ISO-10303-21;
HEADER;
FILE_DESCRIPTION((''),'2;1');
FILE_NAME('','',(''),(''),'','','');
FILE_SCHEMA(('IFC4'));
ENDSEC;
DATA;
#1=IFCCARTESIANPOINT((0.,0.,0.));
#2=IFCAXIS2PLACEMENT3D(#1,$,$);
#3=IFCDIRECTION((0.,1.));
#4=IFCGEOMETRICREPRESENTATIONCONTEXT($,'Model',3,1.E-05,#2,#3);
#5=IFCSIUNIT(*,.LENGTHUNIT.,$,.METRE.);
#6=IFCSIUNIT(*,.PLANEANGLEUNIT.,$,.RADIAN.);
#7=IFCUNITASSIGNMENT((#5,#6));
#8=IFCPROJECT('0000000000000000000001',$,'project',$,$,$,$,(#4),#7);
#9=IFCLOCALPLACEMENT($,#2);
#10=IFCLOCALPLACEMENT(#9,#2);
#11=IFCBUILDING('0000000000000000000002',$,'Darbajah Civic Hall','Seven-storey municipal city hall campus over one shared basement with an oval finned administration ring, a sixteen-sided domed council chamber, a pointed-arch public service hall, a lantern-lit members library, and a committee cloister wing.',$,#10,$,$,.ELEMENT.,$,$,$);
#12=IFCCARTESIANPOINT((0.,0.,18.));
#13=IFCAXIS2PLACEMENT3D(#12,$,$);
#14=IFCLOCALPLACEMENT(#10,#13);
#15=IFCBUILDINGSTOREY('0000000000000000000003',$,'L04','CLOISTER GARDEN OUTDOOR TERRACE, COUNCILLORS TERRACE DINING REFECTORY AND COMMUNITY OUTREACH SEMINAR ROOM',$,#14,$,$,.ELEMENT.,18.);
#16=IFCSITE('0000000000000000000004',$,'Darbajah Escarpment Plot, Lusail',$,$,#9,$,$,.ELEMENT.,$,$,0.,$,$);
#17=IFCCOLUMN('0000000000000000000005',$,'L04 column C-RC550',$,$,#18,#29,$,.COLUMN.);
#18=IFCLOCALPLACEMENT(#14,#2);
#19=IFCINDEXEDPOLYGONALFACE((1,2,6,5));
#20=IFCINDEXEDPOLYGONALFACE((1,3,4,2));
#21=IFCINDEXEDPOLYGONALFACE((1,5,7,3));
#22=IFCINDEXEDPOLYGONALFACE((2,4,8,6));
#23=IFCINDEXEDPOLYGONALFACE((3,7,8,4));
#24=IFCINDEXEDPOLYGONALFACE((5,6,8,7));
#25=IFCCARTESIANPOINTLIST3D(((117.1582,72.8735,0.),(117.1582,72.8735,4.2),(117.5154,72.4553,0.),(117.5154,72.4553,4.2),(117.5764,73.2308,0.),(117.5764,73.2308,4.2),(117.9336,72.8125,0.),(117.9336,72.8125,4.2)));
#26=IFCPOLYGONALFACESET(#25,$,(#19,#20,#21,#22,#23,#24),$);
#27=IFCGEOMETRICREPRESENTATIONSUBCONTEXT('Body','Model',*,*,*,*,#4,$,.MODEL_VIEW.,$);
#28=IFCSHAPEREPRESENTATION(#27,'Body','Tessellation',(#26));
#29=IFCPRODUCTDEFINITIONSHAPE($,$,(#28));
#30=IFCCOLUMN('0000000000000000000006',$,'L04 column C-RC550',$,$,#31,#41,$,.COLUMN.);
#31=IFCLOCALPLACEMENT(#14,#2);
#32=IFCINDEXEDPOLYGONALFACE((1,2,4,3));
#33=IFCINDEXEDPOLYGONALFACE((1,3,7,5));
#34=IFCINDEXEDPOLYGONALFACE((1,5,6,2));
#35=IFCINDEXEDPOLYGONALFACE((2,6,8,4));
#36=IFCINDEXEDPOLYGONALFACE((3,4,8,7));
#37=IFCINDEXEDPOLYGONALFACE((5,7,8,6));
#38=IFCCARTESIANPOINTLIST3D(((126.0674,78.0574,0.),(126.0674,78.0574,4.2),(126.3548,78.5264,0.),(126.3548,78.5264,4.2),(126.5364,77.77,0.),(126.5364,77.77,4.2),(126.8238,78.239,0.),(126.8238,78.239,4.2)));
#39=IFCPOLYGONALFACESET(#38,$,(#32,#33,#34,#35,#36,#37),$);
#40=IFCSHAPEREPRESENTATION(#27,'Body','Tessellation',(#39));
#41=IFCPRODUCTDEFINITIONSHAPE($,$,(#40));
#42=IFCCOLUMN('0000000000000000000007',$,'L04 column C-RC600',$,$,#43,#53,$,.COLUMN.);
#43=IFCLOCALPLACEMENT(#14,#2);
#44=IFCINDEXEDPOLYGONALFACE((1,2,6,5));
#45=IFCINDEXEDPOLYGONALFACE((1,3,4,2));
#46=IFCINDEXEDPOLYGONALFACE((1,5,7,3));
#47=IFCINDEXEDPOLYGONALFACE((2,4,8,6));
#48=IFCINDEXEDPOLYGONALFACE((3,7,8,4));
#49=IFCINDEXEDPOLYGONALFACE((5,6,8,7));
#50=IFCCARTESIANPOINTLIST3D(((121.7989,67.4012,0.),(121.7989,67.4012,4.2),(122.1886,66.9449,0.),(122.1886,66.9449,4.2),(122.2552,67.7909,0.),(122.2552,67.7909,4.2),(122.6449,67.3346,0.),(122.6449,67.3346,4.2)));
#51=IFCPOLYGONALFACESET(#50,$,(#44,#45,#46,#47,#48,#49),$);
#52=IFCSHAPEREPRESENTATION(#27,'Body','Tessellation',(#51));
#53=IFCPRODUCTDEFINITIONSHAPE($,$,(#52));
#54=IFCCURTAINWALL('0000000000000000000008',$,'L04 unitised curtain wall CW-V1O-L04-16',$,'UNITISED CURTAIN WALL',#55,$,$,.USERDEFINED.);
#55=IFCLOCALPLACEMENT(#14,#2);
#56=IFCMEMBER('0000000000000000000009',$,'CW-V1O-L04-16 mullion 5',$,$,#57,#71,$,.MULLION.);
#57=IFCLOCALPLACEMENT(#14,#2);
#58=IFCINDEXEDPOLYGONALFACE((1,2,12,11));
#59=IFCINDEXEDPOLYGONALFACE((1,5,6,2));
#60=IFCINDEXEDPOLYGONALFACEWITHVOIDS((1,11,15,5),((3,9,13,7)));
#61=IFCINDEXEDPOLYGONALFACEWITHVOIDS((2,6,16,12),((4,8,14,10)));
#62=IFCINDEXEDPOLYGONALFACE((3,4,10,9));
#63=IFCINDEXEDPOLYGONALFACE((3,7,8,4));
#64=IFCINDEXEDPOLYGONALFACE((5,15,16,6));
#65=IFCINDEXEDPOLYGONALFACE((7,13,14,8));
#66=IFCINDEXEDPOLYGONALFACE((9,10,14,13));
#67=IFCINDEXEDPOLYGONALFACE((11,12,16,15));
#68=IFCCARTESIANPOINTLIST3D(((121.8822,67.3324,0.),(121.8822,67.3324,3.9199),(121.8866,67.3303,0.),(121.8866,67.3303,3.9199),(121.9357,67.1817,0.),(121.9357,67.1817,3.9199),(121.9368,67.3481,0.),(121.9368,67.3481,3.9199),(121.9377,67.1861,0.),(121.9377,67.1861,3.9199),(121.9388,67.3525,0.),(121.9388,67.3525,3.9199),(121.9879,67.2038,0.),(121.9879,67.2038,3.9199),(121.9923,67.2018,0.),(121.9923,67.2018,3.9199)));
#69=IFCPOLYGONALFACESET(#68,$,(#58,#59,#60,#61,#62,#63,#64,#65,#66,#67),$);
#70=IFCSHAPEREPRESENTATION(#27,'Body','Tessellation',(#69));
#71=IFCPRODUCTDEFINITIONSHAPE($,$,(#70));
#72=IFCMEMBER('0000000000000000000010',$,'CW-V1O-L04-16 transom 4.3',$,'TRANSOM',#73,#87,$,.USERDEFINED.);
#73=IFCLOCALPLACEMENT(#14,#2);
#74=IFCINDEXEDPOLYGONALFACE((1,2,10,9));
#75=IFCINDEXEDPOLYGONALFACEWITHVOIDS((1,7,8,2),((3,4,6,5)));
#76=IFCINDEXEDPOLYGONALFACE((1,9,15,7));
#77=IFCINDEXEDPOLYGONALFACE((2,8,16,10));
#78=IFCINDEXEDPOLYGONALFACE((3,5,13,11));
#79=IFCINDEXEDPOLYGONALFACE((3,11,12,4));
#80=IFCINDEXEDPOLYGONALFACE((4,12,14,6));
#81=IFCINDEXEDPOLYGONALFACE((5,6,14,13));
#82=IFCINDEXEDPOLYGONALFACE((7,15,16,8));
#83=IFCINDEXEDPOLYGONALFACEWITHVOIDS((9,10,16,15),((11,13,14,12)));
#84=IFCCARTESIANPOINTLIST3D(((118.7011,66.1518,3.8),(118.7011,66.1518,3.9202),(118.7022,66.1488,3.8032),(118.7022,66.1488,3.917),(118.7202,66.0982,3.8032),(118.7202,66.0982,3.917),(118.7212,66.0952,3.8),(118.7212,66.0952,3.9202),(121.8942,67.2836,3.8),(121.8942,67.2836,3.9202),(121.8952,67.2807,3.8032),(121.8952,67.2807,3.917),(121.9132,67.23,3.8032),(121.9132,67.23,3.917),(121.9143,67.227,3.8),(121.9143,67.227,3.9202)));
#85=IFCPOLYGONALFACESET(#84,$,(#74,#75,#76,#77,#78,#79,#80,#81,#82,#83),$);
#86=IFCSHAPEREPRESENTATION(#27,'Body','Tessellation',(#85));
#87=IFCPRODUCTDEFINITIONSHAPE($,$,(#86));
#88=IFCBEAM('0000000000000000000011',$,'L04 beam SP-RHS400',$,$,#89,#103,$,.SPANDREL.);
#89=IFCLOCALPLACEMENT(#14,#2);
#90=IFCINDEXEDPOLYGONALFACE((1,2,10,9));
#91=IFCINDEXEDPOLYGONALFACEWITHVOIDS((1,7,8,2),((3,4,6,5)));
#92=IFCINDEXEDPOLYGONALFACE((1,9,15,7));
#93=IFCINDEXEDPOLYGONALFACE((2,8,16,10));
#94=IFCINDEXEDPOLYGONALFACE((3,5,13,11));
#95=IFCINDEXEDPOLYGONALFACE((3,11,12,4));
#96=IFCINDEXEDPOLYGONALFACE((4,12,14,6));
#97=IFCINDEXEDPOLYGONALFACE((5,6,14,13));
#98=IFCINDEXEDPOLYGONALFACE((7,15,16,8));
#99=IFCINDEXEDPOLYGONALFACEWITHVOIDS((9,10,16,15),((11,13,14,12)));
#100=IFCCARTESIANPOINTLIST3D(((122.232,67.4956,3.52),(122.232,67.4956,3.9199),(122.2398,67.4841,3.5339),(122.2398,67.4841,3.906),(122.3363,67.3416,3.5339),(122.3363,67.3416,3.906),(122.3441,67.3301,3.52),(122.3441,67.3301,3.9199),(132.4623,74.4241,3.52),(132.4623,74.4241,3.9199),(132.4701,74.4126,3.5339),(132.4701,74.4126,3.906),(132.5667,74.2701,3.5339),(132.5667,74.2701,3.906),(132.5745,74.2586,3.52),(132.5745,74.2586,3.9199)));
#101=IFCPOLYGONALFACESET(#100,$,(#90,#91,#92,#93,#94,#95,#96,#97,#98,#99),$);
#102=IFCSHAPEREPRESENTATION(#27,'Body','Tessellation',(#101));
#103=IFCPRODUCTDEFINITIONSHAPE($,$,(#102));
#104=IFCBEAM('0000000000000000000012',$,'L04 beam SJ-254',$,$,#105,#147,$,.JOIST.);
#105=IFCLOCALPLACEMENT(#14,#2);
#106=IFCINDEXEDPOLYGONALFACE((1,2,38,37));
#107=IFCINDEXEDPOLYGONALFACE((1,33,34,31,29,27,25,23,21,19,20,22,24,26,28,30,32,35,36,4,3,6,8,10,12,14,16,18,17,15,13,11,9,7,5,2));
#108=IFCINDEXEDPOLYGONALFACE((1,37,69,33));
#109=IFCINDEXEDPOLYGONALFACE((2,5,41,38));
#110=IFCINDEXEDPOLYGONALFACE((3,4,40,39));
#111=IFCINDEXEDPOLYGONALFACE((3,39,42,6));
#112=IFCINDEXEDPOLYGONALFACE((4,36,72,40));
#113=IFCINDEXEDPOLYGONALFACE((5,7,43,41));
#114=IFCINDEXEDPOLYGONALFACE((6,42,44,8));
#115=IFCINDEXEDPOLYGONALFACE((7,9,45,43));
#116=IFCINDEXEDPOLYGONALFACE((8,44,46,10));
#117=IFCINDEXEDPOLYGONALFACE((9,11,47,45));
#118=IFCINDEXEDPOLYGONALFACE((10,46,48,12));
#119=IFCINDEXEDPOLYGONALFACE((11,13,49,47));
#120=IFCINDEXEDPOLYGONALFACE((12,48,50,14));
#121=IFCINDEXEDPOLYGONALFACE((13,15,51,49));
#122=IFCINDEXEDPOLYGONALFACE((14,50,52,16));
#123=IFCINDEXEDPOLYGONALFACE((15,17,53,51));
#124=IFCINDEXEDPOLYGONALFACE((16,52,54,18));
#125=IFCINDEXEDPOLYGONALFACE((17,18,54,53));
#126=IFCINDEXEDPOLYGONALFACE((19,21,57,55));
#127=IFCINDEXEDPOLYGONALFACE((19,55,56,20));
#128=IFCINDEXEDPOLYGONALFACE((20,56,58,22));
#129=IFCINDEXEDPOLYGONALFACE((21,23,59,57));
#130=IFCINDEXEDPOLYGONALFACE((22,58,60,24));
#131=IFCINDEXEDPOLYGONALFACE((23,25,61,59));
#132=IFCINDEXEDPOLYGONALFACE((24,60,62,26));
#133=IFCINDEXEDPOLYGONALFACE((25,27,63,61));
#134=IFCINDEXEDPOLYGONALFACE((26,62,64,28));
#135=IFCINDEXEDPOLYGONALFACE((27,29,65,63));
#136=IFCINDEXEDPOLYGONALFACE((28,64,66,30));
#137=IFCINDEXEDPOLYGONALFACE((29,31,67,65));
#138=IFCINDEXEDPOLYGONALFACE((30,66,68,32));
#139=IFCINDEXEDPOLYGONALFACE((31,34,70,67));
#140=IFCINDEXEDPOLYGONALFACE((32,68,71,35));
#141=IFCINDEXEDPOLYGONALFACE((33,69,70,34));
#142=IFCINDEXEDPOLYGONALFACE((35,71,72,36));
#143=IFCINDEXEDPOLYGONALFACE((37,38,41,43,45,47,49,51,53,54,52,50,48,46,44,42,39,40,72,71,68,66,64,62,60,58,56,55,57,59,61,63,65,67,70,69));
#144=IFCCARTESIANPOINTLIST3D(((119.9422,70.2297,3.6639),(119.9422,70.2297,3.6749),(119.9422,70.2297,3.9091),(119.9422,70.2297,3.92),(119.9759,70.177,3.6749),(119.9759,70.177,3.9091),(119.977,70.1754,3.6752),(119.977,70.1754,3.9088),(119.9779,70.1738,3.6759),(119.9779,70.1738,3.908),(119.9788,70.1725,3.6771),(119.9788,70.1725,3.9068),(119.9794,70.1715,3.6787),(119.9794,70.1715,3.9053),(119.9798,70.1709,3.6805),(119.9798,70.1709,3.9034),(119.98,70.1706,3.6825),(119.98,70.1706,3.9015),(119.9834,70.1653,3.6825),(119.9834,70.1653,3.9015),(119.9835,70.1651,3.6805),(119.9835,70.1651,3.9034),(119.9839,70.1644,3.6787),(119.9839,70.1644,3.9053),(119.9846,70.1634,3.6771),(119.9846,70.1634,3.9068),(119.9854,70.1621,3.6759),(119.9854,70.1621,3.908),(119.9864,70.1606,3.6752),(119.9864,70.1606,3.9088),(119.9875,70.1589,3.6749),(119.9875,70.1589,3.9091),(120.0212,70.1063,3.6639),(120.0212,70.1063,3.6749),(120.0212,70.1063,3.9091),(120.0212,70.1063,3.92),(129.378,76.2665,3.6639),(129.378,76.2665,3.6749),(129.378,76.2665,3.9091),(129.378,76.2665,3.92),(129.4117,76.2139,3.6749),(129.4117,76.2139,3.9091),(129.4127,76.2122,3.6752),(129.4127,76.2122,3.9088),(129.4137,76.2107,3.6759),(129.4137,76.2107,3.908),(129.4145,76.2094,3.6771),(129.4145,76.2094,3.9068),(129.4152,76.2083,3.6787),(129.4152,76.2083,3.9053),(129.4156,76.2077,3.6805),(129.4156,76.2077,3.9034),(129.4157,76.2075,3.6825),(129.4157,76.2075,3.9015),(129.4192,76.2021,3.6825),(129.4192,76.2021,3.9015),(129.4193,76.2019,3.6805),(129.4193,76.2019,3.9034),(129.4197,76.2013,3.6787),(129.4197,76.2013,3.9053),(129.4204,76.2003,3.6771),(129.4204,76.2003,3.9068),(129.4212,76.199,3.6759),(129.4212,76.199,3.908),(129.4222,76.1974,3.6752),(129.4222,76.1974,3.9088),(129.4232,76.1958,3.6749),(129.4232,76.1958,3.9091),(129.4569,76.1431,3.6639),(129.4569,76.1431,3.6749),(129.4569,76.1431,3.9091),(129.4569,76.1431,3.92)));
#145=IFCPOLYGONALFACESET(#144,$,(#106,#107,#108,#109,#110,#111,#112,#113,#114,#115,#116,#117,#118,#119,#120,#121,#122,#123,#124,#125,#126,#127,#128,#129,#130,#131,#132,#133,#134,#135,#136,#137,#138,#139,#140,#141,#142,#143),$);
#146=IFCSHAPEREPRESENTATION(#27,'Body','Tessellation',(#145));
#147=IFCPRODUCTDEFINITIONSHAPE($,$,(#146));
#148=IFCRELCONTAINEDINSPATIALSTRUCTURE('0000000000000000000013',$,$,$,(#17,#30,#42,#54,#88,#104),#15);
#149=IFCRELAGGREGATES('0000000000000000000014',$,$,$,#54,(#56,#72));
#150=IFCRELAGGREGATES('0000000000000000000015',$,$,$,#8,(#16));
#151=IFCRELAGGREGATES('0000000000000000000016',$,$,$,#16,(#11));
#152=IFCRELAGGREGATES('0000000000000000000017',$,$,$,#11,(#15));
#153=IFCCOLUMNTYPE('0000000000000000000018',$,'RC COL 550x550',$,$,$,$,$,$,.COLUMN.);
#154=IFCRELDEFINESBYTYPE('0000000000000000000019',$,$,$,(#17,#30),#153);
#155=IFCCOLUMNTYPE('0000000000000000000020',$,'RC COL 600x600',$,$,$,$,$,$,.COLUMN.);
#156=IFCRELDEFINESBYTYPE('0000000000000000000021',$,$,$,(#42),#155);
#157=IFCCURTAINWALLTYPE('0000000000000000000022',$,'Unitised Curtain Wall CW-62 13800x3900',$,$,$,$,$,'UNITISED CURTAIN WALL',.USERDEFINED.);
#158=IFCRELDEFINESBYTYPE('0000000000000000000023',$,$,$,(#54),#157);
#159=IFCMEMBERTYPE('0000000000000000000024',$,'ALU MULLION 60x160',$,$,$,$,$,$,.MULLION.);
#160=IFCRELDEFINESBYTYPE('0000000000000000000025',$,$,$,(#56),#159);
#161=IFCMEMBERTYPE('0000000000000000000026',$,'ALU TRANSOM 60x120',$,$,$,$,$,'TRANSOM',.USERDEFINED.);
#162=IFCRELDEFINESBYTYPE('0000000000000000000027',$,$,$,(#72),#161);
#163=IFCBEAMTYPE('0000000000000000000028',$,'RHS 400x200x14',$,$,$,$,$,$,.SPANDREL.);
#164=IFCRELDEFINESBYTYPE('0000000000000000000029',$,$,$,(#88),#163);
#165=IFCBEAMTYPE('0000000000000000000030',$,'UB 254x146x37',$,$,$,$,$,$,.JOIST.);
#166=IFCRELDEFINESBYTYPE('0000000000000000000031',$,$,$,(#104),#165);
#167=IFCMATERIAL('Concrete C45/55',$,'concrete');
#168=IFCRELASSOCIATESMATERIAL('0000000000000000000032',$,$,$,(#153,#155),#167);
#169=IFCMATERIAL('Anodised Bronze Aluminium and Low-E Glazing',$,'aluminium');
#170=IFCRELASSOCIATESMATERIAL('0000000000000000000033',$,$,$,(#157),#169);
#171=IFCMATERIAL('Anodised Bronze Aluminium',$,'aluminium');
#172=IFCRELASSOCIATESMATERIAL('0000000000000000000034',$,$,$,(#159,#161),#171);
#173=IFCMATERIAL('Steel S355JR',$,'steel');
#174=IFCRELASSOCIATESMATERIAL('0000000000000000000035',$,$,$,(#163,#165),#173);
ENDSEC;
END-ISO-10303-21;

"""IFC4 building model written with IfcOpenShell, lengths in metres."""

from ifc_helpers import new_model, si_unit, direction, frame, origin, origin_2d, place, context, subcontext, project, spatial, rectangle, hollow_rectangle, i_section, extrude, material, material_profile, profile_set, type_object, element, aggregate, save


model = new_model("IFC4")

# Units and contexts
model_context = context("Model", 3, precision=1e-05, world=origin(), true_north=direction((0.0, 1.0)))
body_context = subcontext(model_context, "Body", "Model", "MODEL_VIEW")
ifc_project = project(units=[si_unit("LENGTHUNIT", "METRE"), si_unit("PLANEANGLEUNIT", "RADIAN")], contexts=[model_context])

# Site, building, storey
site_placement = place(None, origin())
site = spatial("IfcSite", under=ifc_project, at=site_placement, Name="Darbajah Escarpment Plot, Lusail", CompositionType="ELEMENT", RefElevation=0.0)
building_placement = place(site_placement, origin())
building = spatial("IfcBuilding", under=site, at=building_placement, Name="Darbajah Civic Hall", Description="Seven-storey municipal city hall campus over one shared basement with an oval finned administration ring, a sixteen-sided domed council chamber, a pointed-arch public service hall, a lantern-lit members library, and a committee cloister wing.", CompositionType="ELEMENT")
storey_placement = place(building_placement, frame((0.0, 0.0, 18.0)))
storey = spatial("IfcBuildingStorey", under=building, at=storey_placement, Name="L04", Description="CLOISTER GARDEN OUTDOOR TERRACE, COUNCILLORS TERRACE DINING REFECTORY AND COMMUNITY OUTREACH SEMINAR ROOM", CompositionType="ELEMENT", Elevation=18.0)

# Columns
ifc_material_1 = material(Name="Concrete C45/55", Category="concrete")
ifc_material_profile_1 = material_profile(ifc_material_1, rectangle(XDim=0.55, YDim=0.55, at=origin_2d()), Name="RC COL 550x550")
ifc_profile_set_1 = profile_set([ifc_material_profile_1], Name="Concrete C45/55")
column_type_1 = type_object("IfcColumnType", Name="RC COL 550x550", PredefinedType="COLUMN", material=ifc_profile_set_1)
for number, where, z_axis, x_axis, name in (
    (1, (117.5459, 72.843, 0.0), (0.0, 0.0, 1.0), (0.649448, -0.760406, 0.0), "L04 column C-RC550"),
    (2, (126.4456, 78.1482, 0.0), (0.0, 0.0, 1.0), (0.85264, -0.522499, 0.0), "L04 column C-RC550"),
):
    element("IfcColumn", number, at=place(storey_placement, frame(where, z_axis=z_axis, x_axis=x_axis)), inside=storey, type_object=column_type_1, Name=name, PredefinedType="COLUMN", context=body_context, shape_type="SweptSolid", body=[
        extrude(rectangle(XDim=0.55, YDim=0.55, at=origin_2d()), origin(), (0.0, 0.0, 1.0), 4.2),
    ])
ifc_material_profile_2 = material_profile(ifc_material_1, rectangle(XDim=0.6001, YDim=0.6001, at=origin_2d()), Name="RC COL 600x600")
ifc_profile_set_2 = profile_set([ifc_material_profile_2], Name="Concrete C45/55")
column_type_2 = type_object("IfcColumnType", Name="RC COL 600x600", PredefinedType="COLUMN", material=ifc_profile_set_2)
column_placement = place(storey_placement, frame((122.2219, 67.3679, 0.0), z_axis=(0.0, 0.0, 1.0), x_axis=(0.649448, -0.760406, 0.0)))
element("IfcColumn", 3, at=column_placement, inside=storey, type_object=column_type_2, Name="L04 column C-RC600", PredefinedType="COLUMN", context=body_context, shape_type="SweptSolid", body=[
    extrude(rectangle(XDim=0.6001, YDim=0.6001, at=origin_2d()), origin(), (0.0, 0.0, 1.0), 4.2),
])

# Curtain wall, members
ifc_material_2 = material(Name="Anodised Bronze Aluminium and Low-E Glazing", Category="aluminium")
curtain_wall_type = type_object("IfcCurtainWallType", Name="Unitised Curtain Wall CW-62 13800x3900", ElementType="UNITISED CURTAIN WALL", PredefinedType="USERDEFINED", material=ifc_material_2)
curtain_wall_placement = place(storey_placement, origin())
curtain_wall = element("IfcCurtainWall", 4, at=curtain_wall_placement, inside=storey, type_object=curtain_wall_type, Name="L04 unitised curtain wall CW-V1O-L04-16", ObjectType="UNITISED CURTAIN WALL", PredefinedType="USERDEFINED")
ifc_material_3 = material(Name="Anodised Bronze Aluminium", Category="aluminium")
ifc_material_profile_3 = material_profile(ifc_material_3, hollow_rectangle(XDim=0.0601, YDim=0.1599, WallThickness=0.0034, at=origin_2d()), Name="ALU MULLION 60x160")
ifc_profile_set_3 = profile_set([ifc_material_profile_3], Name="Anodised Bronze Aluminium")
member_type_1 = type_object("IfcMemberType", Name="ALU MULLION 60x160", PredefinedType="MULLION", material=ifc_profile_set_3)
member_1_placement = place(storey_placement, frame((121.9373, 67.2671, 0.0), z_axis=(0.0, 0.0, 1.0), x_axis=(0.942525, 0.334136, 0.0)))
member_1 = element("IfcMember", 5, at=member_1_placement, type_object=member_type_1, Name="CW-V1O-L04-16 mullion 5", PredefinedType="MULLION", context=body_context, shape_type="SweptSolid", body=[
    extrude(hollow_rectangle(XDim=0.0601, YDim=0.1599, WallThickness=0.0034, at=origin_2d()), origin(), (0.0, 0.0, 1.0), 3.9199),
])
ifc_material_profile_4 = material_profile(ifc_material_3, hollow_rectangle(XDim=0.0601, YDim=0.1201, WallThickness=0.0032, at=origin_2d()), Name="ALU TRANSOM 60x120")
ifc_profile_set_4 = profile_set([ifc_material_profile_4], Name="Anodised Bronze Aluminium")
member_type_2 = type_object("IfcMemberType", Name="ALU TRANSOM 60x120", ElementType="TRANSOM", PredefinedType="USERDEFINED", material=ifc_profile_set_4)
member_2_placement = place(storey_placement, frame((118.7112, 66.1235, 3.8601), z_axis=(0.94254, 0.334094, 0.0), x_axis=(-0.334094, 0.94254, 0.0)))
member_2 = element("IfcMember", 6, at=member_2_placement, type_object=member_type_2, Name="CW-V1O-L04-16 transom 4.3", ObjectType="TRANSOM", PredefinedType="USERDEFINED", context=body_context, shape_type="SweptSolid", body=[
    extrude(hollow_rectangle(XDim=0.0601, YDim=0.1201, WallThickness=0.0032, at=origin_2d()), origin(), (0.0, 0.0, 1.0), 3.3877),
])

# Beams
ifc_material_4 = material(Name="Steel S355JR", Category="steel")
ifc_material_profile_5 = material_profile(ifc_material_4, hollow_rectangle(XDim=0.2, YDim=0.3999, WallThickness=0.0139, at=origin_2d()), Name="RHS 400x200x14")
ifc_profile_set_5 = profile_set([ifc_material_profile_5], Name="Steel S355JR")
beam_type_1 = type_object("IfcBeamType", Name="RHS 400x200x14", PredefinedType="SPANDREL", material=ifc_profile_set_5)
beam_1_placement = place(storey_placement, frame((122.2881, 67.4128, 3.72), z_axis=(0.827982, 0.560755, 0.0), x_axis=(-0.560755, 0.827982, 0.0)))
element("IfcBeam", 7, at=beam_1_placement, inside=storey, type_object=beam_type_1, Name="L04 beam SP-RHS400", PredefinedType="SPANDREL", context=body_context, shape_type="SweptSolid", body=[
    extrude(hollow_rectangle(XDim=0.2, YDim=0.3999, WallThickness=0.0139, at=origin_2d()), origin(), (0.0, 0.0, 1.0), 12.3557),
])
ifc_material_profile_6 = material_profile(ifc_material_4, i_section(OverallWidth=0.1465, OverallDepth=0.2561, WebThickness=0.0063, FlangeThickness=0.011, FilletRadius=0.0076, at=origin_2d()), Name="UB 254x146x37")
ifc_profile_set_6 = profile_set([ifc_material_profile_6], Name="Steel S355JR")
beam_type_2 = type_object("IfcBeamType", Name="UB 254x146x37", PredefinedType="JOIST", material=ifc_profile_set_6)
beam_2_placement = place(storey_placement, frame((119.9817, 70.168, 3.792), z_axis=(0.842354, 0.538924, 0.0), x_axis=(-0.538924, 0.842354, 0.0)))
element("IfcBeam", 8, at=beam_2_placement, inside=storey, type_object=beam_type_2, Name="L04 beam SJ-254", PredefinedType="JOIST", context=body_context, shape_type="SweptSolid", body=[
    extrude(i_section(OverallWidth=0.1465, OverallDepth=0.2561, WebThickness=0.0063, FlangeThickness=0.011, FilletRadius=0.0076, at=origin_2d()), origin(), (0.0, 0.0, 1.0), 11.2017),
])

aggregate(curtain_wall, [member_1, member_2])

save(model, "model.ifc")
